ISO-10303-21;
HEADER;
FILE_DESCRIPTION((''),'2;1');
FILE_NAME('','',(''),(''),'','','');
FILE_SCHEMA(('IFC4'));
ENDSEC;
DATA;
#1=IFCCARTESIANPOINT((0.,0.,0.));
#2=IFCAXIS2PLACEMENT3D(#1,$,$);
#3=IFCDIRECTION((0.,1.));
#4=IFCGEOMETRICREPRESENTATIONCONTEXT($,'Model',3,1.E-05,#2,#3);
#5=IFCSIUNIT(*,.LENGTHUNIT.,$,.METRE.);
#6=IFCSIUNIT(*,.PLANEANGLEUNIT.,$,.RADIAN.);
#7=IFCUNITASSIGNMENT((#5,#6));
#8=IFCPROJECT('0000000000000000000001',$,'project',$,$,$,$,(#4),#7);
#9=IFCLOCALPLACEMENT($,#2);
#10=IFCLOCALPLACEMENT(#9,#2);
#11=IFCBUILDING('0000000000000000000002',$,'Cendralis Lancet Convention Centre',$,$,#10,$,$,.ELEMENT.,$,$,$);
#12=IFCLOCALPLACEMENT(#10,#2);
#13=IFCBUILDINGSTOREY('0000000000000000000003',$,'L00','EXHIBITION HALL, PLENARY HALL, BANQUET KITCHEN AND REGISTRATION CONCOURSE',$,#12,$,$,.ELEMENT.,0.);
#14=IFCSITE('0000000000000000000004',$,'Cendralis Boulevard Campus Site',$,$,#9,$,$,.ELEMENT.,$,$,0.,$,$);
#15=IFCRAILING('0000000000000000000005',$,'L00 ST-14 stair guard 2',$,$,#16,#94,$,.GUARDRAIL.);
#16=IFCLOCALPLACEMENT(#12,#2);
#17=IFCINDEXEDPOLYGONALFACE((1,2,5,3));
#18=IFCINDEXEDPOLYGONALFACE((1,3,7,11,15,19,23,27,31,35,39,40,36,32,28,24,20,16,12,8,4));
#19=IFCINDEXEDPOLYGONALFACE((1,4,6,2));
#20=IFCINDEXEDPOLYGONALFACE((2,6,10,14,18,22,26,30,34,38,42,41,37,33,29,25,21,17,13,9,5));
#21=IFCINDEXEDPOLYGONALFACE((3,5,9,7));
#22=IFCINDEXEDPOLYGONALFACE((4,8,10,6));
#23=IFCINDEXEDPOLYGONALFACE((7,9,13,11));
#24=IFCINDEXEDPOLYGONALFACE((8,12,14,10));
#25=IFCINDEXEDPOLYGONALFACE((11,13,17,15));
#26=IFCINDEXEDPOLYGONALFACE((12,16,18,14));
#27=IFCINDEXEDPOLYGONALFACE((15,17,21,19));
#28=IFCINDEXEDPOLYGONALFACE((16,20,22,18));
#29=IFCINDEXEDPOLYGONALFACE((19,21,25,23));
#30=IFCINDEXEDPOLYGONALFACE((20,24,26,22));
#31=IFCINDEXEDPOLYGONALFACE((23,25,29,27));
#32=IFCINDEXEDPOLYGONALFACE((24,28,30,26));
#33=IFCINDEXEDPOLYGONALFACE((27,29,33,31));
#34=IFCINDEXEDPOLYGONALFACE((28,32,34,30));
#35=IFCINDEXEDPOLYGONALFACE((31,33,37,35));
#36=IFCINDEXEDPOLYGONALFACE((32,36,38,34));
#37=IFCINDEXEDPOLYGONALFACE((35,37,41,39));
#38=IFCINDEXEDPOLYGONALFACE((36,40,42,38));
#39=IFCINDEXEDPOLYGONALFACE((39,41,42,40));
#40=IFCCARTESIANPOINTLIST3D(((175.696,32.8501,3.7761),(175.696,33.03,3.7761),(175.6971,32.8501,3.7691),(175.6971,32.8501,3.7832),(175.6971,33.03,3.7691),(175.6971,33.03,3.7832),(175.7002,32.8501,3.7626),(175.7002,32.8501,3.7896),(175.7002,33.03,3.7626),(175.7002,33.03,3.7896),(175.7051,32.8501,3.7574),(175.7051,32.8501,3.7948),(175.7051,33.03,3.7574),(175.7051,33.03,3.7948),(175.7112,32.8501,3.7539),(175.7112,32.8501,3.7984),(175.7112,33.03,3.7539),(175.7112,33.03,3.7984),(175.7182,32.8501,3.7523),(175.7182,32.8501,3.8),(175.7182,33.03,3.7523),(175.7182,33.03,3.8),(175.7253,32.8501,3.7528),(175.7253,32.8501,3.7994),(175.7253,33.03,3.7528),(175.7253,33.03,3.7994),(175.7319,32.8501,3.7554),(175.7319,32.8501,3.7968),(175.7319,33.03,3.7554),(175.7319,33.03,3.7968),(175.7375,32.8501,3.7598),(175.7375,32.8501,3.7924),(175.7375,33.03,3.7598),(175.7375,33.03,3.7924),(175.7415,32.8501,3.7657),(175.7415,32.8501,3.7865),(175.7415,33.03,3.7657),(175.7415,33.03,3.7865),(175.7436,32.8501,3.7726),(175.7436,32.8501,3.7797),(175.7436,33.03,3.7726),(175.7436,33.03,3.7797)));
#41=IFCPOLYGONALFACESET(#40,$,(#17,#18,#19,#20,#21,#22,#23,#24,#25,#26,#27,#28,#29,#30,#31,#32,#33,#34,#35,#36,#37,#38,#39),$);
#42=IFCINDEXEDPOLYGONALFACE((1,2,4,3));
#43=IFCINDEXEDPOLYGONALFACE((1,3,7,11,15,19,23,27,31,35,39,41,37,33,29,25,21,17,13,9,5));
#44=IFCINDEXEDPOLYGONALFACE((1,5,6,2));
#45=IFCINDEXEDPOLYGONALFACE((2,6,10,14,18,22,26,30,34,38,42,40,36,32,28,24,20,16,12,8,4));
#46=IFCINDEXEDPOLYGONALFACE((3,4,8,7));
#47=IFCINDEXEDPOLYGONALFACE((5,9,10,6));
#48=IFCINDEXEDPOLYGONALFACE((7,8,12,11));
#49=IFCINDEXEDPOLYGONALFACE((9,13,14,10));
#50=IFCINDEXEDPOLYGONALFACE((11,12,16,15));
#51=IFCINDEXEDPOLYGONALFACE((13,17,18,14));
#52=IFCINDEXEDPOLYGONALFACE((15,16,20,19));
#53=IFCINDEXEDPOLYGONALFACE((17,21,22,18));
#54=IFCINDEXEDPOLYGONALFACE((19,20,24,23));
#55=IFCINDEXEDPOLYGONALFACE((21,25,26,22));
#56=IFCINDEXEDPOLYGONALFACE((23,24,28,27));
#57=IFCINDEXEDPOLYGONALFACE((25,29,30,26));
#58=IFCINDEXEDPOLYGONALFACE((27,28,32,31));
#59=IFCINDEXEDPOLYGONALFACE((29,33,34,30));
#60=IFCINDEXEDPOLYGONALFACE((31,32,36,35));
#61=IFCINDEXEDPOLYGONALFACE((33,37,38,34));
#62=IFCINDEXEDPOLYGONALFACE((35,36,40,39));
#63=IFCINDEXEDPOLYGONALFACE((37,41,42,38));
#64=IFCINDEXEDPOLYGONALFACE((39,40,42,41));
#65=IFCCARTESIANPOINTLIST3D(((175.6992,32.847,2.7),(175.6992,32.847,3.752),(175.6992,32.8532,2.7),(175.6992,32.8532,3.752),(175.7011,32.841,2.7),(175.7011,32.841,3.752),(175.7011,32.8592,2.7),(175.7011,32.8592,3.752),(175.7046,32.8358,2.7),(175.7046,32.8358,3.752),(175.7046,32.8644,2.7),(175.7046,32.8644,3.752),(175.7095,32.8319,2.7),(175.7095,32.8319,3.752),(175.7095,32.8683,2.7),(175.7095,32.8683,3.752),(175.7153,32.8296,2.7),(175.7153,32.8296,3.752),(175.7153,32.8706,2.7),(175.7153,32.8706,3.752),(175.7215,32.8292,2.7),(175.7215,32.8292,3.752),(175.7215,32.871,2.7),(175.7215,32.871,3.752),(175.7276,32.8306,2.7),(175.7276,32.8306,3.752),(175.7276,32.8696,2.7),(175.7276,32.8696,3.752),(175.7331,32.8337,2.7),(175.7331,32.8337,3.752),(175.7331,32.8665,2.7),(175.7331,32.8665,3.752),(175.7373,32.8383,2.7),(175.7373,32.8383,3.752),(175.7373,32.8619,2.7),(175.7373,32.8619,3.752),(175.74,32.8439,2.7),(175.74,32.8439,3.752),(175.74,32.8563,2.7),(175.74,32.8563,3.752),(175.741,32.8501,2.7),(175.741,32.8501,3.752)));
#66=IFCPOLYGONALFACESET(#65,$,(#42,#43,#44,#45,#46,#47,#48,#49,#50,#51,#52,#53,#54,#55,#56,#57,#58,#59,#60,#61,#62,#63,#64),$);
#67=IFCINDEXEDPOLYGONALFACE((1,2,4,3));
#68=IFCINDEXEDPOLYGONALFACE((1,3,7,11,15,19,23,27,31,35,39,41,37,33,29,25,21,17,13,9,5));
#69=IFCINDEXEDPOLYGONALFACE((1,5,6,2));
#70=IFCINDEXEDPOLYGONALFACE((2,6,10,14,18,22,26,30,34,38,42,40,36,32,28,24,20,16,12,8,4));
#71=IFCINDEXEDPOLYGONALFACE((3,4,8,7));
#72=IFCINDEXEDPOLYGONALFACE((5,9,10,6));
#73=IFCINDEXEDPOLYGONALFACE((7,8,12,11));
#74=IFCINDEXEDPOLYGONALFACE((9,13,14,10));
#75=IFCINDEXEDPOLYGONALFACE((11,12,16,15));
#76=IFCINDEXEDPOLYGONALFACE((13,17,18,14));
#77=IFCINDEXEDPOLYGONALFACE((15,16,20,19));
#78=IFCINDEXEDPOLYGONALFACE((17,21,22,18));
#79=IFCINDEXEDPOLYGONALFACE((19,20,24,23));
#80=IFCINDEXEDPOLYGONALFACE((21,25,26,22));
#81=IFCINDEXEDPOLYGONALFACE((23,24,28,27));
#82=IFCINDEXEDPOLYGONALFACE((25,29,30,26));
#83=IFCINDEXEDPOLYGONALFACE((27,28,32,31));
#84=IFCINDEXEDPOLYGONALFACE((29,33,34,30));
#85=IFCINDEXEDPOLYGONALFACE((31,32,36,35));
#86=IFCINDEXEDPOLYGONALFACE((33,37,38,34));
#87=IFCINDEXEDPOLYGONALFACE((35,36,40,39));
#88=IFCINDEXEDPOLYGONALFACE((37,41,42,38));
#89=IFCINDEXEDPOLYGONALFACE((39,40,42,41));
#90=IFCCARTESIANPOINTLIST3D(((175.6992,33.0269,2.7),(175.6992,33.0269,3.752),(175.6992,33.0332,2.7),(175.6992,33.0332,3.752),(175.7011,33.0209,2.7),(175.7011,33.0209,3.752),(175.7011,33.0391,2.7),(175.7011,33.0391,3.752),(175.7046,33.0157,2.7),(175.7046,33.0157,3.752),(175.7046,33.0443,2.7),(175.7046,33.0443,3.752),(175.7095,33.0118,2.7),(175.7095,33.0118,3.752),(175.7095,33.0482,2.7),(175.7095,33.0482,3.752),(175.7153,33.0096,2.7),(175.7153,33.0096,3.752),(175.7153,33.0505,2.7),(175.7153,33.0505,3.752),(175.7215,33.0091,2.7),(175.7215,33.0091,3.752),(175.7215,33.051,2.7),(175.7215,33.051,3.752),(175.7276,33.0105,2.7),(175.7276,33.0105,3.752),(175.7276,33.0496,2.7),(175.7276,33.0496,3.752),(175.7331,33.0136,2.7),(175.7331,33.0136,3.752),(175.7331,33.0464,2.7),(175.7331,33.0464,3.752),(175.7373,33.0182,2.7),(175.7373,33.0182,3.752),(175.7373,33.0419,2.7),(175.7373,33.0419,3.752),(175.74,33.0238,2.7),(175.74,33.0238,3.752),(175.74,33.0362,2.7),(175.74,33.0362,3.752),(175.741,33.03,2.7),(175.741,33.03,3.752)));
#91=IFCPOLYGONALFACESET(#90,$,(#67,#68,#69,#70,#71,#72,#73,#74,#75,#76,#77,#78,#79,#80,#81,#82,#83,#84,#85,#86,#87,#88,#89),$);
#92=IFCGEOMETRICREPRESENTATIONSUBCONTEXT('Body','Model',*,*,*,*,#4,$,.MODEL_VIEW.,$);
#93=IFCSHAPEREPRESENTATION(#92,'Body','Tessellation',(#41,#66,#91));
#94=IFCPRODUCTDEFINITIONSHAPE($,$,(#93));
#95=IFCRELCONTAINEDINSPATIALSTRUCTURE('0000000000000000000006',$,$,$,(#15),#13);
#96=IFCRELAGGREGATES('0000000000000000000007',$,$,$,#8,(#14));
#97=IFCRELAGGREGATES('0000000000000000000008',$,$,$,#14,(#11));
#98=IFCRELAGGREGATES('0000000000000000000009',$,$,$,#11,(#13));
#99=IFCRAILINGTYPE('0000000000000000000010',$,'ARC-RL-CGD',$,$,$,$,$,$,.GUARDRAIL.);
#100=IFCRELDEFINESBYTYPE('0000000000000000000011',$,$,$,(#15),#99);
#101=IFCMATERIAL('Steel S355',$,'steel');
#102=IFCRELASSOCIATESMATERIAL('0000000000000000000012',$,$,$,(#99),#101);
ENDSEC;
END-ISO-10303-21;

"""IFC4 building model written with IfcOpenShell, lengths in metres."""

from ifc_helpers import new_model, si_unit, direction, frame, origin, origin_2d, place, context, subcontext, project, spatial, circle, extrude, material, type_object, element, save


model = new_model("IFC4")

# Units and contexts
model_context = context("Model", 3, precision=1e-05, world=origin(), true_north=direction((0.0, 1.0)))
body_context = subcontext(model_context, "Body", "Model", "MODEL_VIEW")
ifc_project = project(units=[si_unit("LENGTHUNIT", "METRE"), si_unit("PLANEANGLEUNIT", "RADIAN")], contexts=[model_context])

# Site, building, storey
site_placement = place(None, origin())
site = spatial("IfcSite", under=ifc_project, at=site_placement, Name="Cendralis Boulevard Campus Site", CompositionType="ELEMENT", RefElevation=0.0)
building_placement = place(site_placement, origin())
building = spatial("IfcBuilding", under=site, at=building_placement, Name="Cendralis Lancet Convention Centre", CompositionType="ELEMENT")
storey_placement = place(building_placement, origin())
storey = spatial("IfcBuildingStorey", under=building, at=storey_placement, Name="L00", Description="EXHIBITION HALL, PLENARY HALL, BANQUET KITCHEN AND REGISTRATION CONCOURSE", CompositionType="ELEMENT", Elevation=0.0)

# Shared definitions
ifc_material_1 = material(Name="Steel S355", Category="steel")

# Railing
railing_type_1 = type_object("IfcRailingType", Name="ARC-RL-CGD", PredefinedType="GUARDRAIL", material=ifc_material_1)
railing_1_placement = place(storey_placement, frame((175.72, 32.8501, 2.7)))
element("IfcRailing", 1, at=railing_1_placement, inside=storey, type_object=railing_type_1, Name="L00 ST-14 stair guard 2", PredefinedType="GUARDRAIL", context=body_context, shape_type="SweptSolid", body=[
    extrude(circle(Radius=0.0239, at=origin_2d()), frame((0.0, 0.0, 1.0762), z_axis=(0.0, 1.0, 0.0), x_axis=(-1.0, 0.0, 0.0)), (0.0, 0.0, 1.0), 0.1799),
    extrude(circle(Radius=0.021, at=origin_2d()), origin(), (0.0, 0.0, 1.0), 1.052),
    extrude(circle(Radius=0.021, at=origin_2d()), frame((0.0, 0.1799, 0.0)), (0.0, 0.0, 1.0), 1.052),
])

save(model, "model.ifc")
